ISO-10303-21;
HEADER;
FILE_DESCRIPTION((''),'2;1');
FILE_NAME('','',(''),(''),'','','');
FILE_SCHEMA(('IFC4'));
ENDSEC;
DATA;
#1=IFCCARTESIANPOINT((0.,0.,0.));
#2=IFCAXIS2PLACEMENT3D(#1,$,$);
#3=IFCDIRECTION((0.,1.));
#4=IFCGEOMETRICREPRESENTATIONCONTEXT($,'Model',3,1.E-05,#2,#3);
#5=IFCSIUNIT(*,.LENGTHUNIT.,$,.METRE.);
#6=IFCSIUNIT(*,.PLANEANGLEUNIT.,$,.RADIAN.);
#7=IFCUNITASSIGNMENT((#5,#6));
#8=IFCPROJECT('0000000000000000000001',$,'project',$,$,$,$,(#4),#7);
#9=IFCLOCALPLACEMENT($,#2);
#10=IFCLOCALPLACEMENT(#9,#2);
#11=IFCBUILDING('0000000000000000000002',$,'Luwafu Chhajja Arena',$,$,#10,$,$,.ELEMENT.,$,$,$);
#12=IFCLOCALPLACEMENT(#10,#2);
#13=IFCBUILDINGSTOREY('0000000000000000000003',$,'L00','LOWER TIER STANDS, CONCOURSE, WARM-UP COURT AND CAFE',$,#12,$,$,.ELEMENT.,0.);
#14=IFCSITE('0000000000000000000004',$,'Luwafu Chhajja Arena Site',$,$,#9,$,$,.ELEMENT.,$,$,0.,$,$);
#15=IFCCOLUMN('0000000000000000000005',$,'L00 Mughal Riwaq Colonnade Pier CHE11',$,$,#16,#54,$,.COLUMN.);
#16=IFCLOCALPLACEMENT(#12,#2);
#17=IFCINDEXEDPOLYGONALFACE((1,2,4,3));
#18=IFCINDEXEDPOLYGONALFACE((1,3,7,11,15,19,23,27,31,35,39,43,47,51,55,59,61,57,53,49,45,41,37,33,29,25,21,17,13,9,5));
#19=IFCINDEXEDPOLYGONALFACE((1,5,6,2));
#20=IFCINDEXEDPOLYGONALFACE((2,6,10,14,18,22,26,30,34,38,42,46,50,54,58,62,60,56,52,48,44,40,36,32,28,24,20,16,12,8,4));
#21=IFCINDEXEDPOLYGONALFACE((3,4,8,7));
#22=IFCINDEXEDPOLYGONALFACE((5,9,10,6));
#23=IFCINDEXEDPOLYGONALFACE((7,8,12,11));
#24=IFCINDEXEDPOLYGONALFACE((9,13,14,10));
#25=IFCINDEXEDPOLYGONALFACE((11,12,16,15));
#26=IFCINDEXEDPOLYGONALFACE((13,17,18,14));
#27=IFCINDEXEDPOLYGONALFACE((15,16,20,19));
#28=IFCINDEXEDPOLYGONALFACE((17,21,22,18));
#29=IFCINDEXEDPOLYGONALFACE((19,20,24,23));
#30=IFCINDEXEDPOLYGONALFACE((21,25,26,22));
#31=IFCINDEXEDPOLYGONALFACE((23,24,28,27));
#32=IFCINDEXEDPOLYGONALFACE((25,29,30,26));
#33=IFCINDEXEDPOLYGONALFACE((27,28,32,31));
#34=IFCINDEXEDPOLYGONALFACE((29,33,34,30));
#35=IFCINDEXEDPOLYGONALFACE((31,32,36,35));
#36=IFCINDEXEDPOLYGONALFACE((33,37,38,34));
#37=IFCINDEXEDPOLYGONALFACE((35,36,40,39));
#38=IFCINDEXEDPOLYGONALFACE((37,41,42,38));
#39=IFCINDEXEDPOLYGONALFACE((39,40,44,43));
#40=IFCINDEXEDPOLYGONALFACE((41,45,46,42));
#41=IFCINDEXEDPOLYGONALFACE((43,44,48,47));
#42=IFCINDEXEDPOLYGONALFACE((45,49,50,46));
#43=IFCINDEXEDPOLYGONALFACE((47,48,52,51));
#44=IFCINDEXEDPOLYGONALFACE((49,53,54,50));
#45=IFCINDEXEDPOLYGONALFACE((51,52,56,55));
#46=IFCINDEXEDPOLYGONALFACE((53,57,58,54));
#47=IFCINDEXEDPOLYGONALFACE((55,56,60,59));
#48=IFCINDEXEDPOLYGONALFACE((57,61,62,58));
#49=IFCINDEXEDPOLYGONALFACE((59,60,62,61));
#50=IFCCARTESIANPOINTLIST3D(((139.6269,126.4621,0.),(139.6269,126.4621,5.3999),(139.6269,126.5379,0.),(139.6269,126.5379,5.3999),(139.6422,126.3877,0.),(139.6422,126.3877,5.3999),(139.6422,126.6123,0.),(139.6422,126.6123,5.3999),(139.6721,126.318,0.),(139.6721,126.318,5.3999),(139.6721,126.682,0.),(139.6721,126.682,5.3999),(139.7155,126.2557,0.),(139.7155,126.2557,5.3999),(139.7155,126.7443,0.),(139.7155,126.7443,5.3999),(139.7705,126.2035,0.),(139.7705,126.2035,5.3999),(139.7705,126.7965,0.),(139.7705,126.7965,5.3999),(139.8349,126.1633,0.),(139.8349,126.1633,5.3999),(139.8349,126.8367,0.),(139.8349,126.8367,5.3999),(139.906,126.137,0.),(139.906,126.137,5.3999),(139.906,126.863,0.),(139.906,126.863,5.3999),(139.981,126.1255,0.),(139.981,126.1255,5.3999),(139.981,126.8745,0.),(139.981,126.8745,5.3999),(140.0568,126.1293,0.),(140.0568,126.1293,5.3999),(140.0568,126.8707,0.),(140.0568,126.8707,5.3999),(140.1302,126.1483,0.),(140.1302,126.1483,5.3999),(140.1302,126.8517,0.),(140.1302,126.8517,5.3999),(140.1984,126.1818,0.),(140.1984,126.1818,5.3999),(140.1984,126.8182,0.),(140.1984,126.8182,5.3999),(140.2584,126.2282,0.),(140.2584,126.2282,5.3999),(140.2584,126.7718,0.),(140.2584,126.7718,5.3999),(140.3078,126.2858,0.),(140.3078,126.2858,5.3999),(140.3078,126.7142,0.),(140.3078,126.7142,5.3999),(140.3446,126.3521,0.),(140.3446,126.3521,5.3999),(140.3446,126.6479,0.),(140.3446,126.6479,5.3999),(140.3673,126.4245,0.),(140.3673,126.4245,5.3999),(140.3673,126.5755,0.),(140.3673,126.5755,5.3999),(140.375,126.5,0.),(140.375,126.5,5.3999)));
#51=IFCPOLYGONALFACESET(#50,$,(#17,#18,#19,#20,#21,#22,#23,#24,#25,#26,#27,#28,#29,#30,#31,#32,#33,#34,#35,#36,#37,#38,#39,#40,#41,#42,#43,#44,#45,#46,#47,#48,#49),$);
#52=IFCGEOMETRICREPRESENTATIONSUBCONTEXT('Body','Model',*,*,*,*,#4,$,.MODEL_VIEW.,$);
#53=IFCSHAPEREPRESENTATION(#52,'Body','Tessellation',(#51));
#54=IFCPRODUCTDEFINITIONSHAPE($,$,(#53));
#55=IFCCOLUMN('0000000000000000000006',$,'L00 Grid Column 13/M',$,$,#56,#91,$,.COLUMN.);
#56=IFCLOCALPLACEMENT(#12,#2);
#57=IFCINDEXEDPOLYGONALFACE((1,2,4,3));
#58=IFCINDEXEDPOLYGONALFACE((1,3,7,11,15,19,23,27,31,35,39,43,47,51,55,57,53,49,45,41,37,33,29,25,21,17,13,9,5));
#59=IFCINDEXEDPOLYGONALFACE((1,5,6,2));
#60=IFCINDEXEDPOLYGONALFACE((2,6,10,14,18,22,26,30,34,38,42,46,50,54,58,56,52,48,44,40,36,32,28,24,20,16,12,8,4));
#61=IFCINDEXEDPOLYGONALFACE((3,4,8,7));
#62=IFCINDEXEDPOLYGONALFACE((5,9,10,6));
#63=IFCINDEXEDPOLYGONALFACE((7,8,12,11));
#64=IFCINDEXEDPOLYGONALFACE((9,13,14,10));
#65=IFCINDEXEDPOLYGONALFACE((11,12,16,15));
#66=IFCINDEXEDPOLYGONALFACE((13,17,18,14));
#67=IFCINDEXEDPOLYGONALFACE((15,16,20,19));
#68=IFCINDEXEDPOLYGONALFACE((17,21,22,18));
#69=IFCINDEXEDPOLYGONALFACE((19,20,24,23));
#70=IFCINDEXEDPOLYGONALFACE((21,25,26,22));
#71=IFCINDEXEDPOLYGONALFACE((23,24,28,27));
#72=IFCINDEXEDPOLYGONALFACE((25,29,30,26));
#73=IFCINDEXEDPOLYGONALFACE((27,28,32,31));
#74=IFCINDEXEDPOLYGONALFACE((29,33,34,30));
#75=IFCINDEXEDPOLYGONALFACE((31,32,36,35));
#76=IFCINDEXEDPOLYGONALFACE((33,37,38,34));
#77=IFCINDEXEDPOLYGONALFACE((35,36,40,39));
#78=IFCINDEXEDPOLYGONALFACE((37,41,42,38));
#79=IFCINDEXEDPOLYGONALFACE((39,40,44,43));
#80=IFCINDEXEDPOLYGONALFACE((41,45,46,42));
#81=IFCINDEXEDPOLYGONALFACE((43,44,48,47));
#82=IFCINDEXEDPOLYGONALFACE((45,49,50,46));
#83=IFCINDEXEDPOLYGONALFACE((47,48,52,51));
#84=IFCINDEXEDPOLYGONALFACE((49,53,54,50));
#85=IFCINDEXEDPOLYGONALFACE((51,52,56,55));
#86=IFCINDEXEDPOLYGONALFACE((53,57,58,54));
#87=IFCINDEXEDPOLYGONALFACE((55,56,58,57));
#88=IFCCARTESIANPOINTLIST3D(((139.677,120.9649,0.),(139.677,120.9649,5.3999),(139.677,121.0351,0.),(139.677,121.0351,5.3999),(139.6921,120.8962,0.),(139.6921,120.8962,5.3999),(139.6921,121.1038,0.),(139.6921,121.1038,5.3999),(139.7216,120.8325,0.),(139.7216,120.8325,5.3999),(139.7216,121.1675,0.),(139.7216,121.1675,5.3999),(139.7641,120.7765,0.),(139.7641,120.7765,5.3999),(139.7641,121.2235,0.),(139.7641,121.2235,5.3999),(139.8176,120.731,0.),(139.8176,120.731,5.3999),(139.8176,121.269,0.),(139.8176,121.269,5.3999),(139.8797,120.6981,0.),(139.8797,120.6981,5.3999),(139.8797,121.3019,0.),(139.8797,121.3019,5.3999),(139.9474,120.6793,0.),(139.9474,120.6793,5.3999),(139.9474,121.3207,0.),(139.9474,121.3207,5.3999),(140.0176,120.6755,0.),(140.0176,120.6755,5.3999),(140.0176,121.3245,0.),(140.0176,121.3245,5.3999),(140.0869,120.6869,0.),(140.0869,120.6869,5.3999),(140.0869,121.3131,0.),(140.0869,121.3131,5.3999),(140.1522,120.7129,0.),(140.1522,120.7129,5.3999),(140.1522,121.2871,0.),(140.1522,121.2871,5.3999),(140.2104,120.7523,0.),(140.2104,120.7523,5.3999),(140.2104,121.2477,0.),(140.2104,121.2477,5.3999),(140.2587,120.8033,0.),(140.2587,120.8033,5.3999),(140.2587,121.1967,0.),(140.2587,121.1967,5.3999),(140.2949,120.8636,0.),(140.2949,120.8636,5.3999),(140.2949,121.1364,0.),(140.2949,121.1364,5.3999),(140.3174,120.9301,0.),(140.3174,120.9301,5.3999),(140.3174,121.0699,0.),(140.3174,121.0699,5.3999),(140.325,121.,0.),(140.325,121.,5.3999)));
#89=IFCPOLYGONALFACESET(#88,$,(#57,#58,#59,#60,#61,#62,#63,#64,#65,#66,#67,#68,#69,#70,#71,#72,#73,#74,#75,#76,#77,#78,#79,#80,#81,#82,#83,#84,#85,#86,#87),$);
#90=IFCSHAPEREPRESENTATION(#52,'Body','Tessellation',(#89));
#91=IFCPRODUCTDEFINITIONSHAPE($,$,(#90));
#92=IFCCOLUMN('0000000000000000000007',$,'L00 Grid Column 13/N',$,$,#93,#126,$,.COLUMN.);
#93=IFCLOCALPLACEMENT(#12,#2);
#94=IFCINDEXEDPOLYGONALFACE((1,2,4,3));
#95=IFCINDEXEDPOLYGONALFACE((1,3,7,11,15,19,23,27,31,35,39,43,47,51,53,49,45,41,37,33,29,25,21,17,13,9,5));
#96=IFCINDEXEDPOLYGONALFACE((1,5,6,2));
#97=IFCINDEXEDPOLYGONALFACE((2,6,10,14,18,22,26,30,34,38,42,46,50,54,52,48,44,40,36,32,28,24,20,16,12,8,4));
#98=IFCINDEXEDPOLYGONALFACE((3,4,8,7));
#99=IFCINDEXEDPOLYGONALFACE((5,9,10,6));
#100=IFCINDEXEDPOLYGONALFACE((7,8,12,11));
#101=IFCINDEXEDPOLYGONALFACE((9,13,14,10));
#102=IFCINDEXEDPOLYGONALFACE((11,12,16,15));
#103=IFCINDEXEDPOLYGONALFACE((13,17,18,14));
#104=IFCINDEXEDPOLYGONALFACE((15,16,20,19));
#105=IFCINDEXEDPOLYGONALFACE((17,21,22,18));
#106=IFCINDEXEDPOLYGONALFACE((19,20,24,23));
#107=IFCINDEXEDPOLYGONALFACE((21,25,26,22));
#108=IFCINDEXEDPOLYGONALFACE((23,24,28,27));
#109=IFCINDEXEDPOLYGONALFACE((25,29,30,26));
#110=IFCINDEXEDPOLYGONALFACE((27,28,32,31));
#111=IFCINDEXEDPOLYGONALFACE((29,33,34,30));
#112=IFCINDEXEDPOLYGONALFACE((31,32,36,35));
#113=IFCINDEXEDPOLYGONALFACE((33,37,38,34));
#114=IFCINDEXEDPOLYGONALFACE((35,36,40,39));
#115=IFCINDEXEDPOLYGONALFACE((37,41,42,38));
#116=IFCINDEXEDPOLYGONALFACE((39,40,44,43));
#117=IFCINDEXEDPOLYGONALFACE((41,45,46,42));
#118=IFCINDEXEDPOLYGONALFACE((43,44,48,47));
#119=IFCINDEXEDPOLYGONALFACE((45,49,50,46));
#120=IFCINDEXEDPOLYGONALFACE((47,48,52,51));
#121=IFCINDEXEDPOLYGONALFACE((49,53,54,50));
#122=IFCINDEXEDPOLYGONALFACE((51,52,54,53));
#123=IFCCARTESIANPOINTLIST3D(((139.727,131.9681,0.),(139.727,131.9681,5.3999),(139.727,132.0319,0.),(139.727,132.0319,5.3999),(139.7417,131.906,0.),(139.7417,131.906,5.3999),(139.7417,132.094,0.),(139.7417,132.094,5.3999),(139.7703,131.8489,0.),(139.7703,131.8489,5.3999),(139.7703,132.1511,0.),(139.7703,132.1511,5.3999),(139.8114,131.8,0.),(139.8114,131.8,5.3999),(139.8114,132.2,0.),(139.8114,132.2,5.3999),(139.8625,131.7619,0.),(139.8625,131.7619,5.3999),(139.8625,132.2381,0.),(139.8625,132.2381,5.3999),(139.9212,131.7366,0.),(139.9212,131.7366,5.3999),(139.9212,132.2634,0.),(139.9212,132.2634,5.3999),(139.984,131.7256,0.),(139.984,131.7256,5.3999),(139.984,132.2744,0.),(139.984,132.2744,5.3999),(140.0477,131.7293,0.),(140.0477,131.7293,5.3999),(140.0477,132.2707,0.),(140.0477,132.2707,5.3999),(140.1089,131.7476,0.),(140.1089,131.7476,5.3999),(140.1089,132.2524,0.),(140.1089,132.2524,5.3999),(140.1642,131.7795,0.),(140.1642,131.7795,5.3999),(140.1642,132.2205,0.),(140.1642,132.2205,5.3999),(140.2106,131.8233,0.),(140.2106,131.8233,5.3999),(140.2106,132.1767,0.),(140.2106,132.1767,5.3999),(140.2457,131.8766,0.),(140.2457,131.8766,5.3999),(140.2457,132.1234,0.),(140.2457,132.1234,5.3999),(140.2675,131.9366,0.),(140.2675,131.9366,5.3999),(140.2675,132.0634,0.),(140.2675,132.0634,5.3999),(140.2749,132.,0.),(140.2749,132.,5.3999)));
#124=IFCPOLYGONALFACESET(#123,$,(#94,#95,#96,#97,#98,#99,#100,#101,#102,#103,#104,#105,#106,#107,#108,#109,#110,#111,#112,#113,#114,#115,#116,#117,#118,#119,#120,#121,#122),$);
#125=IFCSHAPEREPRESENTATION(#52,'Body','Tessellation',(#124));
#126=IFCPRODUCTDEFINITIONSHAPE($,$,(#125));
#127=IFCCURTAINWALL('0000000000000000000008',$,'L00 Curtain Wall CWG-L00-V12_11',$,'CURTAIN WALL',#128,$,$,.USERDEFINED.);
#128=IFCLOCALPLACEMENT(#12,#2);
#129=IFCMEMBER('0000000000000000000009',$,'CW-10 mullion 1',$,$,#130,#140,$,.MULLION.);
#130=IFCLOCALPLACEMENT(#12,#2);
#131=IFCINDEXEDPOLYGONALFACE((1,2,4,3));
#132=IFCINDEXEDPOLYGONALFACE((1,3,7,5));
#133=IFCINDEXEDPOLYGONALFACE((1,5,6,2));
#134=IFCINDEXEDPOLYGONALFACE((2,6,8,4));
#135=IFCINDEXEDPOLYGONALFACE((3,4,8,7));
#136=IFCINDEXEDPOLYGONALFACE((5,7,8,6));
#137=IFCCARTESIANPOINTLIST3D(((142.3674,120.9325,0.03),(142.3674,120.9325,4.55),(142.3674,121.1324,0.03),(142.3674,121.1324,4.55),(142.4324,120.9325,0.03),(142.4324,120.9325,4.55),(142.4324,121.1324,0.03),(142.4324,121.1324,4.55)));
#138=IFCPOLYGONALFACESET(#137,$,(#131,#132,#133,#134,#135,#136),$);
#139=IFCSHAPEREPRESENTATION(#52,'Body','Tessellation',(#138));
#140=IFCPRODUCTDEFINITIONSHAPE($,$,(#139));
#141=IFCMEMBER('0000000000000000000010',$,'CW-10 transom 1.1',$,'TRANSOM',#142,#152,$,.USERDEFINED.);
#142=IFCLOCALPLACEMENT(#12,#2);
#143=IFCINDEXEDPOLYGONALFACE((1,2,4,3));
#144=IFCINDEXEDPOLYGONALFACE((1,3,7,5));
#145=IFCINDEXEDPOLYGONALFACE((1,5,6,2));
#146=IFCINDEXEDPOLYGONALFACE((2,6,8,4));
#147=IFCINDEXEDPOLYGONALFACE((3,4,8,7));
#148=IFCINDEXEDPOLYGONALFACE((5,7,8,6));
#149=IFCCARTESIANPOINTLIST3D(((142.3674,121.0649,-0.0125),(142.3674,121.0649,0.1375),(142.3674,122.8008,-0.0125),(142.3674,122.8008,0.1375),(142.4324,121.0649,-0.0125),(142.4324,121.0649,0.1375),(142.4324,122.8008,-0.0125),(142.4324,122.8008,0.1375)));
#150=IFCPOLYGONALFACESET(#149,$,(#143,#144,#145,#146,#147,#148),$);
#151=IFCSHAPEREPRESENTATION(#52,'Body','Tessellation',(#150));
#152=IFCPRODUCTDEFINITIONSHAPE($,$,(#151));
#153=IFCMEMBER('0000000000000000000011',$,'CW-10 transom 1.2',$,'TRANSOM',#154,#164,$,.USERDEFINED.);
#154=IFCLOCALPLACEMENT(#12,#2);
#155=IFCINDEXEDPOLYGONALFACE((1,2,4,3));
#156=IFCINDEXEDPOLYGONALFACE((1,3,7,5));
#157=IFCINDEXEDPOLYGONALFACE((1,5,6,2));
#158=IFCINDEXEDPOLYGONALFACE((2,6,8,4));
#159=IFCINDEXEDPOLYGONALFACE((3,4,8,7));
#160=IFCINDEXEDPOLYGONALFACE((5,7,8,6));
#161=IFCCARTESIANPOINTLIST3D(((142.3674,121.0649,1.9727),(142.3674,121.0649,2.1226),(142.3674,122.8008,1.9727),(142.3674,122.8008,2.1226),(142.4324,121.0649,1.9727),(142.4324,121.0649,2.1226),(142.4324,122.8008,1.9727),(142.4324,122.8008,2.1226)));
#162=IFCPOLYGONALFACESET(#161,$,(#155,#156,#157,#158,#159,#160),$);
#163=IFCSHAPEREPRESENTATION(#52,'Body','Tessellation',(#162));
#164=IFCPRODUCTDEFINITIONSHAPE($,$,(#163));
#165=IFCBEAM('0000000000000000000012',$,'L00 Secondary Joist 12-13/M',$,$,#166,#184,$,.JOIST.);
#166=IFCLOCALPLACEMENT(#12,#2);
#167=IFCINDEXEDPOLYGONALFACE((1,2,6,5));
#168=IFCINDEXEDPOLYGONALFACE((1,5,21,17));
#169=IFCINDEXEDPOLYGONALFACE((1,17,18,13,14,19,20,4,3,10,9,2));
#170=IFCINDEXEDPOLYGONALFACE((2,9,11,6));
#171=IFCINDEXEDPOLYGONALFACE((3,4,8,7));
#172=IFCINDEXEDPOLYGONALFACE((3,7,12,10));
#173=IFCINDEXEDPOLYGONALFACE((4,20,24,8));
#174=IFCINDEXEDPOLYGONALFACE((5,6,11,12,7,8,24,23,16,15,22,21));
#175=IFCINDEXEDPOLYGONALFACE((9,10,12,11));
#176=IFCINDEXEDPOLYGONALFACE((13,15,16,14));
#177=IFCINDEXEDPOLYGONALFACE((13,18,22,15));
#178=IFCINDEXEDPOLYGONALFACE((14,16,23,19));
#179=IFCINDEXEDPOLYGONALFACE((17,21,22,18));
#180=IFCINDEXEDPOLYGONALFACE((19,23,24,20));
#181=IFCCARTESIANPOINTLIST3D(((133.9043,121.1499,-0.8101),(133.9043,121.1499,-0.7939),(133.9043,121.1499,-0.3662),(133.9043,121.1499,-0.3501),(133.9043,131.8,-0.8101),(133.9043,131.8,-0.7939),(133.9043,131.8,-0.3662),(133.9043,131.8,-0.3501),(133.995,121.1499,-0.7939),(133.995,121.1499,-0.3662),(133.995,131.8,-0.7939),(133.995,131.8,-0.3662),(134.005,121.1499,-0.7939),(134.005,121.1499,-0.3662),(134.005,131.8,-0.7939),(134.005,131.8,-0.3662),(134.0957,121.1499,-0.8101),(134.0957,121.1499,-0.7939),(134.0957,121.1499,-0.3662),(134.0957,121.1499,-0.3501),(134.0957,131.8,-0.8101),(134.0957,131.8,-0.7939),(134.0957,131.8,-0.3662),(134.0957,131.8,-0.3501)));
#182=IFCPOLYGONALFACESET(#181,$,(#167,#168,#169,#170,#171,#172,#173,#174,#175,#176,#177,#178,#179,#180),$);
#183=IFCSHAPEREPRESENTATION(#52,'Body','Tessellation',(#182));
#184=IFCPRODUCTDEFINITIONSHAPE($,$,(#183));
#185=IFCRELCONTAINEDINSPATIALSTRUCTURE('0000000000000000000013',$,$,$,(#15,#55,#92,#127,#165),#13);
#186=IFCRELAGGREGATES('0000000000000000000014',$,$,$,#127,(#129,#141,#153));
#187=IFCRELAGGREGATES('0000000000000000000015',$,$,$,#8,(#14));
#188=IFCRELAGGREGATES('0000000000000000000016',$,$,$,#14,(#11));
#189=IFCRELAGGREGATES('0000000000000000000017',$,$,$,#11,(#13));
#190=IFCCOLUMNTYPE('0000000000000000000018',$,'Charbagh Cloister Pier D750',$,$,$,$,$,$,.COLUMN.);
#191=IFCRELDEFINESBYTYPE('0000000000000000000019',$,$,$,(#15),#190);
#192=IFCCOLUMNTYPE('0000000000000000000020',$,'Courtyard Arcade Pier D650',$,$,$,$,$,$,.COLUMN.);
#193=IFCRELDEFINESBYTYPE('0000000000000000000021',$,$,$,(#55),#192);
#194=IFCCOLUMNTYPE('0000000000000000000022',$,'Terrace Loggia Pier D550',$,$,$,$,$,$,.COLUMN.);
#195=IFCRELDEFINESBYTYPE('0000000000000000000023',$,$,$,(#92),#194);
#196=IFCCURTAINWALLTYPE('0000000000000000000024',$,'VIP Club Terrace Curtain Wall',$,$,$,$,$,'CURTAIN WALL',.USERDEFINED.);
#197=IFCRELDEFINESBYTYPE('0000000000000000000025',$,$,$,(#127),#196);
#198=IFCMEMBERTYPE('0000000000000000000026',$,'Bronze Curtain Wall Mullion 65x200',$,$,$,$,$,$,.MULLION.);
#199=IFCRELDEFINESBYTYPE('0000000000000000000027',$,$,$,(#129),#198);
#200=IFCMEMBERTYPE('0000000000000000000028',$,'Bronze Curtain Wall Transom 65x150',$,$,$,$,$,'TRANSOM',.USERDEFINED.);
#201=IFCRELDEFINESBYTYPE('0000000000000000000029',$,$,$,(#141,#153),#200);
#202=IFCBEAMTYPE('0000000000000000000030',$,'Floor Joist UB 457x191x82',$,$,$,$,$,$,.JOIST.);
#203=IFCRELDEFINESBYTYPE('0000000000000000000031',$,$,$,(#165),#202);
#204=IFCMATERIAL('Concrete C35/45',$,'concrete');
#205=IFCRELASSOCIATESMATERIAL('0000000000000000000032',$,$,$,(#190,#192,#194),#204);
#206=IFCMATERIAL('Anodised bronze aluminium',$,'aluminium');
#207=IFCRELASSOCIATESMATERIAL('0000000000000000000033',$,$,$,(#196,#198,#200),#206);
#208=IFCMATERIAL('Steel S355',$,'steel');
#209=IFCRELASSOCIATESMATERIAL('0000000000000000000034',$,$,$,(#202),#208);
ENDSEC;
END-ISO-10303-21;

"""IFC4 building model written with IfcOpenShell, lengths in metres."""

from ifc_helpers import new_model, si_unit, direction, frame, origin, origin_2d, place, context, subcontext, project, spatial, rectangle, circle, i_section, extrude, material, material_profile, profile_set, type_object, element, aggregate, save


model = new_model("IFC4")

# Units and contexts
model_context = context("Model", 3, precision=1e-05, world=origin(), true_north=direction((0.0, 1.0)))
body_context = subcontext(model_context, "Body", "Model", "MODEL_VIEW")
ifc_project = project(units=[si_unit("LENGTHUNIT", "METRE"), si_unit("PLANEANGLEUNIT", "RADIAN")], contexts=[model_context])

# Site, building, storey
site_placement = place(None, origin())
site = spatial("IfcSite", under=ifc_project, at=site_placement, Name="Luwafu Chhajja Arena Site", CompositionType="ELEMENT", RefElevation=0.0)
building_placement = place(site_placement, origin())
building = spatial("IfcBuilding", under=site, at=building_placement, Name="Luwafu Chhajja Arena", CompositionType="ELEMENT")
storey_placement = place(building_placement, origin())
storey = spatial("IfcBuildingStorey", under=building, at=storey_placement, Name="L00", Description="LOWER TIER STANDS, CONCOURSE, WARM-UP COURT AND CAFE", CompositionType="ELEMENT", Elevation=0.0)

# Columns
ifc_material_1 = material(Name="Concrete C35/45", Category="concrete")
ifc_material_profile_1 = material_profile(ifc_material_1, circle(Radius=0.375, at=origin_2d()), Name="RC COL D750")
ifc_profile_set_1 = profile_set([ifc_material_profile_1], Name="Concrete C35/45")
column_type_1 = type_object("IfcColumnType", Name="Charbagh Cloister Pier D750", PredefinedType="COLUMN", material=ifc_profile_set_1)
column_1_placement = place(storey_placement, frame((140.0, 126.5, 0.0), z_axis=(0.0, 0.0, 1.0), x_axis=(1.0, 0.0, 0.0)))
element("IfcColumn", 1, at=column_1_placement, inside=storey, type_object=column_type_1, Name="L00 Mughal Riwaq Colonnade Pier CHE11", PredefinedType="COLUMN", context=body_context, shape_type="SweptSolid", body=[
    extrude(circle(Radius=0.375, at=origin_2d()), origin(), (0.0, 0.0, 1.0), 5.3999),
])
ifc_material_profile_2 = material_profile(ifc_material_1, circle(Radius=0.325, at=origin_2d()), Name="RC COL D650")
ifc_profile_set_2 = profile_set([ifc_material_profile_2], Name="Concrete C35/45")
column_type_2 = type_object("IfcColumnType", Name="Courtyard Arcade Pier D650", PredefinedType="COLUMN", material=ifc_profile_set_2)
column_2_placement = place(storey_placement, frame((140.0, 121.0, 0.0), z_axis=(0.0, 0.0, 1.0), x_axis=(1.0, 0.0, 0.0)))
element("IfcColumn", 2, at=column_2_placement, inside=storey, type_object=column_type_2, Name="L00 Grid Column 13/M", PredefinedType="COLUMN", context=body_context, shape_type="SweptSolid", body=[
    extrude(circle(Radius=0.325, at=origin_2d()), origin(), (0.0, 0.0, 1.0), 5.3999),
])
ifc_material_profile_3 = material_profile(ifc_material_1, circle(Radius=0.2749, at=origin_2d()), Name="RC COL D550")
ifc_profile_set_3 = profile_set([ifc_material_profile_3], Name="Concrete C35/45")
column_type_3 = type_object("IfcColumnType", Name="Terrace Loggia Pier D550", PredefinedType="COLUMN", material=ifc_profile_set_3)
column_3_placement = place(storey_placement, frame((140.0, 132.0, 0.0), z_axis=(0.0, 0.0, 1.0), x_axis=(1.0, 0.0, 0.0)))
element("IfcColumn", 3, at=column_3_placement, inside=storey, type_object=column_type_3, Name="L00 Grid Column 13/N", PredefinedType="COLUMN", context=body_context, shape_type="SweptSolid", body=[
    extrude(circle(Radius=0.2749, at=origin_2d()), origin(), (0.0, 0.0, 1.0), 5.3999),
])

# Curtain wall, members
ifc_material_2 = material(Name="Anodised bronze aluminium", Category="aluminium")
curtain_wall_type = type_object("IfcCurtainWallType", Name="VIP Club Terrace Curtain Wall", ElementType="CURTAIN WALL", PredefinedType="USERDEFINED", material=ifc_material_2)
curtain_wall_placement = place(storey_placement, origin())
curtain_wall = element("IfcCurtainWall", 4, at=curtain_wall_placement, inside=storey, type_object=curtain_wall_type, Name="L00 Curtain Wall CWG-L00-V12_11", ObjectType="CURTAIN WALL", PredefinedType="USERDEFINED")
ifc_material_profile_4 = material_profile(ifc_material_2, rectangle(XDim=0.0649, YDim=0.2, at=origin_2d()), Name="CWM 65x200")
ifc_profile_set_4 = profile_set([ifc_material_profile_4], Name="Anodised bronze aluminium")
member_type_1 = type_object("IfcMemberType", Name="Bronze Curtain Wall Mullion 65x200", PredefinedType="MULLION", material=ifc_profile_set_4)
member_1_placement = place(storey_placement, frame((142.3999, 121.0325, 0.03), z_axis=(0.0, 0.0, 1.0), x_axis=(-1.0, 0.0, 0.0)))
member_1 = element("IfcMember", 5, at=member_1_placement, type_object=member_type_1, Name="CW-10 mullion 1", PredefinedType="MULLION", context=body_context, shape_type="SweptSolid", body=[
    extrude(rectangle(XDim=0.0649, YDim=0.2, at=origin_2d()), origin(), (0.0, 0.0, 1.0), 4.52),
])
ifc_material_profile_5 = material_profile(ifc_material_2, rectangle(XDim=0.0649, YDim=0.1499, at=origin_2d()), Name="CWT 65x150")
ifc_profile_set_5 = profile_set([ifc_material_profile_5], Name="Anodised bronze aluminium")
member_type_2 = type_object("IfcMemberType", Name="Bronze Curtain Wall Transom 65x150", ElementType="TRANSOM", PredefinedType="USERDEFINED", material=ifc_profile_set_5)
member_2_placement = place(storey_placement, frame((142.3999, 121.0649, 0.0625), z_axis=(0.0, 1.0, 0.0), x_axis=(-1.0, 0.0, 0.0)))
member_2 = element("IfcMember", 6, at=member_2_placement, type_object=member_type_2, Name="CW-10 transom 1.1", ObjectType="TRANSOM", PredefinedType="USERDEFINED", context=body_context, shape_type="SweptSolid", body=[
    extrude(rectangle(XDim=0.0649, YDim=0.1499, at=origin_2d()), origin(), (0.0, 0.0, 1.0), 1.7358),
])
member_3_placement = place(storey_placement, frame((142.3999, 121.0649, 2.0476), z_axis=(0.0, 1.0, 0.0), x_axis=(-1.0, 0.0, 0.0)))
member_3 = element("IfcMember", 7, at=member_3_placement, type_object=member_type_2, Name="CW-10 transom 1.2", ObjectType="TRANSOM", PredefinedType="USERDEFINED", context=body_context, shape_type="SweptSolid", body=[
    extrude(rectangle(XDim=0.0649, YDim=0.1499, at=origin_2d()), origin(), (0.0, 0.0, 1.0), 1.7358),
])
aggregate(curtain_wall, [member_1, member_2, member_3])

# Beam
ifc_material_3 = material(Name="Steel S355", Category="steel")
ifc_material_profile_6 = material_profile(ifc_material_3, i_section(OverallWidth=0.1914, OverallDepth=0.46, WebThickness=0.01, FlangeThickness=0.0161, at=origin_2d()), Name="UB 457x191x82")
ifc_profile_set_6 = profile_set([ifc_material_profile_6], Name="Steel S355")
beam_type_1 = type_object("IfcBeamType", Name="Floor Joist UB 457x191x82", PredefinedType="JOIST", material=ifc_profile_set_6)
beam_1_placement = place(storey_placement, frame((134.0, 121.1499, -0.5801), z_axis=(0.0, 1.0, 0.0), x_axis=(-1.0, 0.0, 0.0)))
element("IfcBeam", 8, at=beam_1_placement, inside=storey, type_object=beam_type_1, Name="L00 Secondary Joist 12-13/M", PredefinedType="JOIST", context=body_context, shape_type="SweptSolid", body=[
    extrude(i_section(OverallWidth=0.1914, OverallDepth=0.46, WebThickness=0.01, FlangeThickness=0.0161, at=origin_2d()), origin(), (0.0, 0.0, 1.0), 10.6501),
])

save(model, "model.ifc")
